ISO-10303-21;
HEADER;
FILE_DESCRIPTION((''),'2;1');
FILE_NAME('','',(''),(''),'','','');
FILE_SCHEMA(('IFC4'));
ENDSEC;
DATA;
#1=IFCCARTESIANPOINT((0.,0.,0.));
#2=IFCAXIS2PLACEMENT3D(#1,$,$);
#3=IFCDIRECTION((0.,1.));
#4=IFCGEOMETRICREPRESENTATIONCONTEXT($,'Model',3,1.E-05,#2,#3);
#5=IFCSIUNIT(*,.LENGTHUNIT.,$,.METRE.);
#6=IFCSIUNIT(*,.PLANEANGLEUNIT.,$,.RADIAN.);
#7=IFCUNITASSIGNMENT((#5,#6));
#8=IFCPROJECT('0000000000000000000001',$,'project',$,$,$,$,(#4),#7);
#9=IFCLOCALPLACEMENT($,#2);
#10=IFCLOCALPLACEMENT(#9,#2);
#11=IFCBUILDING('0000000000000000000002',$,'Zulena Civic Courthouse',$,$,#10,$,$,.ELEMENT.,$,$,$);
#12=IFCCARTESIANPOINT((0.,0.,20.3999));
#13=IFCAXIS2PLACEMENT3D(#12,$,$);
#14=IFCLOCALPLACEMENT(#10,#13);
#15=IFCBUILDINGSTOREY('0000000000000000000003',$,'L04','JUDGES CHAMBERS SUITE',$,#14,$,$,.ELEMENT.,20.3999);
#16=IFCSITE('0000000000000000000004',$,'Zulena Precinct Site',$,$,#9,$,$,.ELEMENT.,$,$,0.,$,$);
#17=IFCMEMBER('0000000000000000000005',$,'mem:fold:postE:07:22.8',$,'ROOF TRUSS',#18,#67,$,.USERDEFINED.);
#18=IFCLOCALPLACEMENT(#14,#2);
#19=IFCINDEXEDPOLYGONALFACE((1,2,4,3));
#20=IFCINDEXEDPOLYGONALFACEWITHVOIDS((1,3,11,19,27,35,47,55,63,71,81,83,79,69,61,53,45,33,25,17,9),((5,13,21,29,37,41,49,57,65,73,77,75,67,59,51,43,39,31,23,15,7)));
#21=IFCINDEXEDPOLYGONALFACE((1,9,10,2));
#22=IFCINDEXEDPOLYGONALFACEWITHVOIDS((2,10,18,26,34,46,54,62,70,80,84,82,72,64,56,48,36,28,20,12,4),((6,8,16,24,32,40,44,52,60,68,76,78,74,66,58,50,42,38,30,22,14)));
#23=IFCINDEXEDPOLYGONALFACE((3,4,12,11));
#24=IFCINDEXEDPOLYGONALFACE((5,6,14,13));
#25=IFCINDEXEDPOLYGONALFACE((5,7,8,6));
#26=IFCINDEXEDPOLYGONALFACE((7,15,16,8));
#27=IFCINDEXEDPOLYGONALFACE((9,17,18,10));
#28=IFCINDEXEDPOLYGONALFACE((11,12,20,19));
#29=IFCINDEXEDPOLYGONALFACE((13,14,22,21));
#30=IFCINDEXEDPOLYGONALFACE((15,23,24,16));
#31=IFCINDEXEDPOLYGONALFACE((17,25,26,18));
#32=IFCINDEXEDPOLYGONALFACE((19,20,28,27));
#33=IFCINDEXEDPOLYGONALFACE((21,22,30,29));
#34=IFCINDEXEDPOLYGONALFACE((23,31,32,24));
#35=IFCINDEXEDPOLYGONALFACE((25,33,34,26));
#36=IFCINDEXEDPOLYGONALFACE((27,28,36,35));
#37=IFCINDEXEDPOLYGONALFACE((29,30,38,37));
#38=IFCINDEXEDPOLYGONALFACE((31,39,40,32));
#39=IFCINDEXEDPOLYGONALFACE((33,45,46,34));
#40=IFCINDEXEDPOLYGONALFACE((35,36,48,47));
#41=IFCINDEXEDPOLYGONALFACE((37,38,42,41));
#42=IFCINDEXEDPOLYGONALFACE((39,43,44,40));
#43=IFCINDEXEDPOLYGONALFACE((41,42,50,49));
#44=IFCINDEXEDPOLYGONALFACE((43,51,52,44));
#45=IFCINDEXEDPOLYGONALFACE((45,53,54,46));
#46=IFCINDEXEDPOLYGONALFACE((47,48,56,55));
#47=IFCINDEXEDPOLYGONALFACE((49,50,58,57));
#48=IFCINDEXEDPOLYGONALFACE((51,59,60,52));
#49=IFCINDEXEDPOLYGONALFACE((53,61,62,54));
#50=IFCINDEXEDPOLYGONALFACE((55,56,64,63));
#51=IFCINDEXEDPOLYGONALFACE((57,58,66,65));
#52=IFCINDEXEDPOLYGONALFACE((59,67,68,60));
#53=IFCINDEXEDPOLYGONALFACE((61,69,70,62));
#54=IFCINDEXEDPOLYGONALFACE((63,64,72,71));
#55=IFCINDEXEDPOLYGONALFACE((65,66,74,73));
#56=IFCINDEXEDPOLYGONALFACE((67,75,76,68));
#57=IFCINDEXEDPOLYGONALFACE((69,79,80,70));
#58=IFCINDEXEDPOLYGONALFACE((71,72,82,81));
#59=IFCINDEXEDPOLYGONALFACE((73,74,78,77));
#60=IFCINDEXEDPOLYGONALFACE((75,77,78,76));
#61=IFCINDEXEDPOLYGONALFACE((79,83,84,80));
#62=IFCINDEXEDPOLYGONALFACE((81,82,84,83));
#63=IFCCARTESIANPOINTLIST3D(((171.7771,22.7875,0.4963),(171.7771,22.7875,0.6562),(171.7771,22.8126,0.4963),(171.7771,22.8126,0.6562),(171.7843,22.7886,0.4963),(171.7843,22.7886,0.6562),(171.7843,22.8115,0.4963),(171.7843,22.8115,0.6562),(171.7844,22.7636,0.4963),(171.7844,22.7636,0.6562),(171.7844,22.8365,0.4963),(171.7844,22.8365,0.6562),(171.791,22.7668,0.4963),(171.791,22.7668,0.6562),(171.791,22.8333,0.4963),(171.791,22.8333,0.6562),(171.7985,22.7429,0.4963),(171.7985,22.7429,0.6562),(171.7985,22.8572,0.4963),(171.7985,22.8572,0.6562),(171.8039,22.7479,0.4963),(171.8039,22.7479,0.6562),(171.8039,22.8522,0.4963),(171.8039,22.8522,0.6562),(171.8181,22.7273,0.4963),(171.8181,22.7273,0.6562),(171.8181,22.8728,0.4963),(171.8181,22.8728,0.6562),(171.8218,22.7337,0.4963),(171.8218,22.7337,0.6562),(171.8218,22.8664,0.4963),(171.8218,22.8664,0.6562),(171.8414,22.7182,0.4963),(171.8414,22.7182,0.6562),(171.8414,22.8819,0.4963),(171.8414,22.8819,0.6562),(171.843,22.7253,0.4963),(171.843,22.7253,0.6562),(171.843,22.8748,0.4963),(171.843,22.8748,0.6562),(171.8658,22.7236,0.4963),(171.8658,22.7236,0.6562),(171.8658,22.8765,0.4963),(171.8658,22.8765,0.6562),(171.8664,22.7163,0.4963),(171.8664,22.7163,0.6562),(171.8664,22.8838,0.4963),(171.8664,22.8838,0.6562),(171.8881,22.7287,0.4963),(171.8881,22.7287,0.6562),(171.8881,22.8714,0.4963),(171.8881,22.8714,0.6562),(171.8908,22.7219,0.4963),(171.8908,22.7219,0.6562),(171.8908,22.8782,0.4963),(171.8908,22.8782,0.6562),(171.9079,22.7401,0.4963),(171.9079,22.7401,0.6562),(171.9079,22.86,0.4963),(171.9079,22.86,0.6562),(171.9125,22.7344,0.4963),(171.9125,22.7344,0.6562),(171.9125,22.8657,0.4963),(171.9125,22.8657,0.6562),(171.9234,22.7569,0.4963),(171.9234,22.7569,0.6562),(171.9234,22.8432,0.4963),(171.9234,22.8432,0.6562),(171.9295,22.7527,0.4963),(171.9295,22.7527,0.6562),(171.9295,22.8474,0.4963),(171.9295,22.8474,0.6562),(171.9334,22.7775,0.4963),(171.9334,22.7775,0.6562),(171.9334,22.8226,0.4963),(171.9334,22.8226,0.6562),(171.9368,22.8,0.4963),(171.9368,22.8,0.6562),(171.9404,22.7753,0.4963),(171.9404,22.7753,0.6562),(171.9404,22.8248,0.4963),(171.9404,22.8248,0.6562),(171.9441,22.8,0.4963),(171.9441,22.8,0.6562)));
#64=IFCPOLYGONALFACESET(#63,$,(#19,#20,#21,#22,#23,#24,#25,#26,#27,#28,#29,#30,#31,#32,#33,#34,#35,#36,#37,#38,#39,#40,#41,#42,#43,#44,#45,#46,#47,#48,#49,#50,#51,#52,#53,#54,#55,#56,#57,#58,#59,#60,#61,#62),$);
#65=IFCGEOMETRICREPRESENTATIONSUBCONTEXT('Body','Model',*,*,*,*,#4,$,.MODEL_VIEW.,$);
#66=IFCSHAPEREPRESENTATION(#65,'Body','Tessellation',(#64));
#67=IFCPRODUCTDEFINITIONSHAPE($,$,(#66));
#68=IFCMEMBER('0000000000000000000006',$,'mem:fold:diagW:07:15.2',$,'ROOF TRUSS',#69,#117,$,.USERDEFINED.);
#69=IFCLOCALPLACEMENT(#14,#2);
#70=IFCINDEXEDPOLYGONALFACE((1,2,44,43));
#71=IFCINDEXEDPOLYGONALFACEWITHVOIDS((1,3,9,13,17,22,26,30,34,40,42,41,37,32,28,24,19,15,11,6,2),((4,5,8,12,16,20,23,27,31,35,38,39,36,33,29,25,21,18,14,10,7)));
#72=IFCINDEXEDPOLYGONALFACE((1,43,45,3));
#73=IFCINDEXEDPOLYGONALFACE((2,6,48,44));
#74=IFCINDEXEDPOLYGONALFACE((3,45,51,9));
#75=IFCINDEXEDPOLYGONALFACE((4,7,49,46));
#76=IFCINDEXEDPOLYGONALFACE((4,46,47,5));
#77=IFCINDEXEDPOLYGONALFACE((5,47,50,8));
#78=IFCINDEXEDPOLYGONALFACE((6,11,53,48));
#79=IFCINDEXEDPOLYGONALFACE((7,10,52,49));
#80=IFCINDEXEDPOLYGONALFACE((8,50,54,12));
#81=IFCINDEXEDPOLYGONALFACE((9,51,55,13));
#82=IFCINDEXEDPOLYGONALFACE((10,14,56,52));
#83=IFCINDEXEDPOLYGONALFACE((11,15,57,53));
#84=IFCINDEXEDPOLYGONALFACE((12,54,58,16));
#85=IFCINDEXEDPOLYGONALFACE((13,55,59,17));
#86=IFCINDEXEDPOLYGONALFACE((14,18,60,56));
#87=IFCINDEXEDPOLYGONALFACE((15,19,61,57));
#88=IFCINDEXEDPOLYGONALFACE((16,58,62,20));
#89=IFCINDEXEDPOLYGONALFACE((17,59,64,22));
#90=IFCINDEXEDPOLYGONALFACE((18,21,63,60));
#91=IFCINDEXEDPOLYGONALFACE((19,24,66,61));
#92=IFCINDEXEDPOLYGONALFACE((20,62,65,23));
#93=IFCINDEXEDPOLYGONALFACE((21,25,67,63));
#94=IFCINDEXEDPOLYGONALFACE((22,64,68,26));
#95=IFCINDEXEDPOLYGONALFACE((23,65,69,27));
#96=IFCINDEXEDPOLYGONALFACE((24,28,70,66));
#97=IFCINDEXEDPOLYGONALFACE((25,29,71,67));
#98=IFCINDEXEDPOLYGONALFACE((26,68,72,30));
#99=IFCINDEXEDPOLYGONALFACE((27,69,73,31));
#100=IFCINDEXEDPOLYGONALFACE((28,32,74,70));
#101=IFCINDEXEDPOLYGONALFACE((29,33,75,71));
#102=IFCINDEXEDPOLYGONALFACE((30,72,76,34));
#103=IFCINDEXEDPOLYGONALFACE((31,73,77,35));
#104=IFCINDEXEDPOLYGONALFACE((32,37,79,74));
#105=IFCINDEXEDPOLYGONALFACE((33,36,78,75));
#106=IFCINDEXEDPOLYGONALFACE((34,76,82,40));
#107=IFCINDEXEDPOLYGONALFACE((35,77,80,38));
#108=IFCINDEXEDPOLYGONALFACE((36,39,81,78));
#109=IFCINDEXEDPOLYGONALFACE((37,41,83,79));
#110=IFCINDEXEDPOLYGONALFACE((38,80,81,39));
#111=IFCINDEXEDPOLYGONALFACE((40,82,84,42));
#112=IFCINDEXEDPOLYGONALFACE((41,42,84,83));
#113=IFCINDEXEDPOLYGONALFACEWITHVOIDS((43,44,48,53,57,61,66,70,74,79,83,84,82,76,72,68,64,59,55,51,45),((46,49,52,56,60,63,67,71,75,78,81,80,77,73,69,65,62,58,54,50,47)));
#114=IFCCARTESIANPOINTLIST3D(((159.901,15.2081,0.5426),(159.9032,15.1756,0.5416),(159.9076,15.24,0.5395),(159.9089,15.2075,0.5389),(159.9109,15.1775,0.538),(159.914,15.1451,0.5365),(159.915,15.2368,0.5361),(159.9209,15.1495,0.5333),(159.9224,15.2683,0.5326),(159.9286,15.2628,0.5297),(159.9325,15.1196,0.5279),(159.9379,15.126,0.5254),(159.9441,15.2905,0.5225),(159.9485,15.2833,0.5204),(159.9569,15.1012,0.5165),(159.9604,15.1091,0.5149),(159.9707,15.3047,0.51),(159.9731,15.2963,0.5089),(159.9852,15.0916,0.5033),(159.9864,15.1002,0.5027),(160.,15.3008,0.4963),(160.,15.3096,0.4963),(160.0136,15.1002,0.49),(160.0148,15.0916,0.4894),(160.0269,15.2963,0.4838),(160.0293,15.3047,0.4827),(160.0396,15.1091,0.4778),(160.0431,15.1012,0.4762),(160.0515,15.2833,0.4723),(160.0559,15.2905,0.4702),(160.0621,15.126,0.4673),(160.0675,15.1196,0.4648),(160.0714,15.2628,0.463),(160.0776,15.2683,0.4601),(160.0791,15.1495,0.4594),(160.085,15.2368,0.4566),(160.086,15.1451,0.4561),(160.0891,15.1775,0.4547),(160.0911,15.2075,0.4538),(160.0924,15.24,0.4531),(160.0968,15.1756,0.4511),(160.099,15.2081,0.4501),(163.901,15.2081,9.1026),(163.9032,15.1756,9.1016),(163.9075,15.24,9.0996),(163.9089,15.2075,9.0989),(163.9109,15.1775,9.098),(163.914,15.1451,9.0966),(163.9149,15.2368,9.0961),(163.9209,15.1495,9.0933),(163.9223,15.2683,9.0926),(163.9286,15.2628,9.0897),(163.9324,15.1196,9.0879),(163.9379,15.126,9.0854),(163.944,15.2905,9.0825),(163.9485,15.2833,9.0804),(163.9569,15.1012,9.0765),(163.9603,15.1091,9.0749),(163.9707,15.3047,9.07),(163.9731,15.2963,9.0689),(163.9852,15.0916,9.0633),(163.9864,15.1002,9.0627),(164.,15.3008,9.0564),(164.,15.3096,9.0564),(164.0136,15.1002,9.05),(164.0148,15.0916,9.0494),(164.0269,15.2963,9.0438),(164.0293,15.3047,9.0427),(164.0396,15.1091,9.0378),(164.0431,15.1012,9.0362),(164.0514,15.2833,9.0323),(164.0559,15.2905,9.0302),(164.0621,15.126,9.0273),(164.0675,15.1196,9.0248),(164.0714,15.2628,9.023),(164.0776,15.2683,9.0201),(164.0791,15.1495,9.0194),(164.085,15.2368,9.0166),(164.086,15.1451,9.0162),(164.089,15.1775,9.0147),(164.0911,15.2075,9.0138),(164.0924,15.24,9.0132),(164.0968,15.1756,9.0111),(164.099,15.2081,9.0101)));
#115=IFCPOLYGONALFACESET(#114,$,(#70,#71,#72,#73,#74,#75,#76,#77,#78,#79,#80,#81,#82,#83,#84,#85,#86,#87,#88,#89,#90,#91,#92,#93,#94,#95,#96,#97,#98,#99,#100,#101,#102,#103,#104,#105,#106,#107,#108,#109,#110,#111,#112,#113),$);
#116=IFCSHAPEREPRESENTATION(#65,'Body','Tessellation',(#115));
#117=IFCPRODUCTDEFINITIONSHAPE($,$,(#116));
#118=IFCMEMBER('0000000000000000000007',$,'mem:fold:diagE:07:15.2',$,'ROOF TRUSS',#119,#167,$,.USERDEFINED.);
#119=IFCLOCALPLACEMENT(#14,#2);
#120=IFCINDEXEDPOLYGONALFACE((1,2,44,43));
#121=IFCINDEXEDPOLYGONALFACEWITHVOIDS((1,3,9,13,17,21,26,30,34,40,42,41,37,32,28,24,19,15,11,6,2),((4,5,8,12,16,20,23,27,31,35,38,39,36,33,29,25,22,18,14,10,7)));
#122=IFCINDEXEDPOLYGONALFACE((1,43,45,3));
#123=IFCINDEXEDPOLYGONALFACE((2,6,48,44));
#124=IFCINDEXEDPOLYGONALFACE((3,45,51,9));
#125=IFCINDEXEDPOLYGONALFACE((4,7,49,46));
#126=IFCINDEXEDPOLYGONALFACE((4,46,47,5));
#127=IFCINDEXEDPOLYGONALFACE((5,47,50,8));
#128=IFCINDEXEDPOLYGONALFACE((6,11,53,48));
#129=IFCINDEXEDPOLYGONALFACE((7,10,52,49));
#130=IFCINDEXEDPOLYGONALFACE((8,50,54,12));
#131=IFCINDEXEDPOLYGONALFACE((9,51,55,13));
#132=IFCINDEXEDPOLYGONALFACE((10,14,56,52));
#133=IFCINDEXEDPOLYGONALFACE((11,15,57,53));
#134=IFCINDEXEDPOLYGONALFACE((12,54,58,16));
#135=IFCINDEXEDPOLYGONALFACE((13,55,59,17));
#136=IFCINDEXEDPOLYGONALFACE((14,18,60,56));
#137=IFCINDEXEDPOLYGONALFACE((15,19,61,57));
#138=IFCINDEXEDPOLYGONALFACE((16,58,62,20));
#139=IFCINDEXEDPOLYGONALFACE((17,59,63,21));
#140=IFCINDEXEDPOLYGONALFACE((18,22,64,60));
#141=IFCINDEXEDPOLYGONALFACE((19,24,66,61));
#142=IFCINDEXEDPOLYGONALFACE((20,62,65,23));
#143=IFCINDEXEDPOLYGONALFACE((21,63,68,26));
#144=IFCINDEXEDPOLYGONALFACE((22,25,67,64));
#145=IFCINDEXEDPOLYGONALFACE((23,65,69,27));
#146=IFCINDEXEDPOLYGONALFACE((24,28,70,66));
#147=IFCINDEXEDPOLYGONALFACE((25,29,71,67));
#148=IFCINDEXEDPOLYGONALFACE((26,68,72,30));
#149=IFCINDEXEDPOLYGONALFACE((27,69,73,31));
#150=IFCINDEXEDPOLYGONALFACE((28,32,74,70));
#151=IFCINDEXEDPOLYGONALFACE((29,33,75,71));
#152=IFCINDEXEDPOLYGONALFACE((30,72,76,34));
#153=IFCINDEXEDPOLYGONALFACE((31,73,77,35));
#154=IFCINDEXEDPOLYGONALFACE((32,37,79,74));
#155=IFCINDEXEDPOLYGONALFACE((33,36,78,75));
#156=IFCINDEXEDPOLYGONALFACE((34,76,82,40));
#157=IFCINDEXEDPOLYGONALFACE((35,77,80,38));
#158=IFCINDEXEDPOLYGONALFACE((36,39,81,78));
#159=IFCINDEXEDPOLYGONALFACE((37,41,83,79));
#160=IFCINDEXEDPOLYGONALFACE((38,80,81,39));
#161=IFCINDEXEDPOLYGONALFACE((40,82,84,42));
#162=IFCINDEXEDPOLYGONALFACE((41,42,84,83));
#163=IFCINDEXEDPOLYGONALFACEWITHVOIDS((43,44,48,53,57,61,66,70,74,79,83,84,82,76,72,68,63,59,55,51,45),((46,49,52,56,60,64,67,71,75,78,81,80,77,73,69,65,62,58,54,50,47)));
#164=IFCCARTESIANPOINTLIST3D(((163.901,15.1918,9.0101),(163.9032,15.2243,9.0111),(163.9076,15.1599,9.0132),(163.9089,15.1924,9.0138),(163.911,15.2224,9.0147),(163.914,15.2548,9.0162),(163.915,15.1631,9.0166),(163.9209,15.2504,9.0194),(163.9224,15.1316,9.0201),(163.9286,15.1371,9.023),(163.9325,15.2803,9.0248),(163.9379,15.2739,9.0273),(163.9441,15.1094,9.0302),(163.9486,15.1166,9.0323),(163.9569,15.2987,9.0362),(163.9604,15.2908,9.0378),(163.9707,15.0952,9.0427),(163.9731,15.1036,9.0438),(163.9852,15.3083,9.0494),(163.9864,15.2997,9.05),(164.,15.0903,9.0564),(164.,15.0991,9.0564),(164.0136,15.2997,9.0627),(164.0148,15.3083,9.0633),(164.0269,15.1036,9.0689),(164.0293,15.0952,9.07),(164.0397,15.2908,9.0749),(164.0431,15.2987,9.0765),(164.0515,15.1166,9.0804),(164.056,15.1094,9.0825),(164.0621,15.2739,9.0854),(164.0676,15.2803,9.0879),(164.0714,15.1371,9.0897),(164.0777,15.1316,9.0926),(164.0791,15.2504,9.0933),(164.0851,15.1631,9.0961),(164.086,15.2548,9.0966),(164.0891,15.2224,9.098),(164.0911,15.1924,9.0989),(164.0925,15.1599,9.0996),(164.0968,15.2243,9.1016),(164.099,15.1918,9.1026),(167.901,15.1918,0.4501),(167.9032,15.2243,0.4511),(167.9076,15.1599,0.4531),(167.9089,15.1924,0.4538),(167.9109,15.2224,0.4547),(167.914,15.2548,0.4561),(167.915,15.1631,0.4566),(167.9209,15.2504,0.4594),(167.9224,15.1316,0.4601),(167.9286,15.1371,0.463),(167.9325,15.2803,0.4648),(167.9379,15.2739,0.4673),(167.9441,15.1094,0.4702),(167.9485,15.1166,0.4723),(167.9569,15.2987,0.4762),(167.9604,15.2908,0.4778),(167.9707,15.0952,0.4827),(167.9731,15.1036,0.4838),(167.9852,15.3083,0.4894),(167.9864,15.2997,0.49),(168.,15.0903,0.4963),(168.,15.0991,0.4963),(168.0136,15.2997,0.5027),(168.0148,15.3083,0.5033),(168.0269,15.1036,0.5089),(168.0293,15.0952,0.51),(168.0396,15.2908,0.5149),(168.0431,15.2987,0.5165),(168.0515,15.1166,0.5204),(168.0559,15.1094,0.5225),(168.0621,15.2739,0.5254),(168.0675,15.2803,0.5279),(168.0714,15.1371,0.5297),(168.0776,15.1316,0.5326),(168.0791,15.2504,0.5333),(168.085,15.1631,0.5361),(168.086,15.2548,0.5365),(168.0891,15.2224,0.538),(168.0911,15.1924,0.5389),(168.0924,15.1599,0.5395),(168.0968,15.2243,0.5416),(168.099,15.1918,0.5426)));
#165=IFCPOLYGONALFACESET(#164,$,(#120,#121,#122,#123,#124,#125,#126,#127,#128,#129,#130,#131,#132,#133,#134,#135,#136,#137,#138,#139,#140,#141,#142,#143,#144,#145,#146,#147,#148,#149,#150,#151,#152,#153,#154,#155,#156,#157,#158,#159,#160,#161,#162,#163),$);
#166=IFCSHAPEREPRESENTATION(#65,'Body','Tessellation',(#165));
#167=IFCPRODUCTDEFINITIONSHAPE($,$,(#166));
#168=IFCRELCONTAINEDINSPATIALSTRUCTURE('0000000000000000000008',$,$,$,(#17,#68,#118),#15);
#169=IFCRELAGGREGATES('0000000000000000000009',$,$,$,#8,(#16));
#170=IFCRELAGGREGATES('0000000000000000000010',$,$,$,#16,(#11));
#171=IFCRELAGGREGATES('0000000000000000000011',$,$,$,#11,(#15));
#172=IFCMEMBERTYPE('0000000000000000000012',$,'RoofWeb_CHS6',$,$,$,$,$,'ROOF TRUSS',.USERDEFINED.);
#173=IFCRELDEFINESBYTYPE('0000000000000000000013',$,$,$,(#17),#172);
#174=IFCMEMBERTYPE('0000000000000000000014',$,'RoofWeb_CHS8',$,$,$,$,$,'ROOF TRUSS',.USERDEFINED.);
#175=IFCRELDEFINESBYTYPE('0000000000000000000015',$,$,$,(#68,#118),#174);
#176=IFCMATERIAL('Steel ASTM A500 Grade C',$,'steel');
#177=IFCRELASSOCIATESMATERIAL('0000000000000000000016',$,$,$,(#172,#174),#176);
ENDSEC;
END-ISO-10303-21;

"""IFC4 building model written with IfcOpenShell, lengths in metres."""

from ifc_helpers import new_model, si_unit, direction, frame, origin, origin_2d, place, context, subcontext, project, spatial, hollow_circle, extrude, material, material_profile, profile_set, type_object, element, save


model = new_model("IFC4")

# Units and contexts
model_context = context("Model", 3, precision=1e-05, world=origin(), true_north=direction((0.0, 1.0)))
body_context = subcontext(model_context, "Body", "Model", "MODEL_VIEW")
ifc_project = project(units=[si_unit("LENGTHUNIT", "METRE"), si_unit("PLANEANGLEUNIT", "RADIAN")], contexts=[model_context])

# Site, building, storey
site_placement = place(None, origin())
site = spatial("IfcSite", under=ifc_project, at=site_placement, Name="Zulena Precinct Site", CompositionType="ELEMENT", RefElevation=0.0)
building_placement = place(site_placement, origin())
building = spatial("IfcBuilding", under=site, at=building_placement, Name="Zulena Civic Courthouse", CompositionType="ELEMENT")
storey_placement = place(building_placement, frame((0.0, 0.0, 20.3999)))
storey = spatial("IfcBuildingStorey", under=building, at=storey_placement, Name="L04", Description="JUDGES CHAMBERS SUITE", CompositionType="ELEMENT", Elevation=20.3999)

# Members
ifc_material_1 = material(Name="Steel ASTM A500 Grade C", Category="steel")
ifc_material_profile_1 = material_profile(ifc_material_1, hollow_circle(Radius=0.084, WallThickness=0.0073, at=origin_2d()), Name="HSS6.625X0.312")
ifc_profile_set_1 = profile_set([ifc_material_profile_1], Name="Steel ASTM A500 Grade C")
member_type_1 = type_object("IfcMemberType", Name="RoofWeb_CHS6", ElementType="ROOF TRUSS", PredefinedType="USERDEFINED", material=ifc_profile_set_1)
for number, where, z_axis, x_axis, name in (
    (1, (171.8601, 22.8, 0.4963), (0.0, 0.0, 1.0), (1.0, 0.0, 0.0), "mem:fold:postE:07:22.8"),
):
    element("IfcMember", number, at=place(storey_placement, frame(where, z_axis=z_axis, x_axis=x_axis)), inside=storey, type_object=member_type_1, Name=name, ObjectType="ROOF TRUSS", PredefinedType="USERDEFINED", context=body_context, shape_type="SweptSolid", body=[
        extrude(hollow_circle(Radius=0.084, WallThickness=0.0073, at=origin_2d()), origin(), (0.0, 0.0, 1.0), 0.1599),
    ])
ifc_material_profile_2 = material_profile(ifc_material_1, hollow_circle(Radius=0.1096, WallThickness=0.0088, at=origin_2d()), Name="HSS8.625X0.375")
ifc_profile_set_2 = profile_set([ifc_material_profile_2], Name="Steel ASTM A500 Grade C")
member_type_2 = type_object("IfcMemberType", Name="RoofWeb_CHS8", ElementType="ROOF TRUSS", PredefinedType="USERDEFINED", material=ifc_profile_set_2)
for number, where, z_axis, x_axis, name in (
    (2, (160.0, 15.2, 0.4963), (0.423347, 0.0, 0.905968), (0.0, 1.0, 0.0), "mem:fold:diagW:07:15.2"),
    (3, (168.0, 15.2, 0.4963), (-0.423347, 0.0, 0.905968), (0.0, -1.0, 0.0), "mem:fold:diagE:07:15.2"),
):
    element("IfcMember", number, at=place(storey_placement, frame(where, z_axis=z_axis, x_axis=x_axis)), inside=storey, type_object=member_type_2, Name=name, ObjectType="ROOF TRUSS", PredefinedType="USERDEFINED", context=body_context, shape_type="SweptSolid", body=[
        extrude(hollow_circle(Radius=0.1096, WallThickness=0.0088, at=origin_2d()), origin(), (0.0, 0.0, 1.0), 9.4485),
    ])

save(model, "model.ifc")
